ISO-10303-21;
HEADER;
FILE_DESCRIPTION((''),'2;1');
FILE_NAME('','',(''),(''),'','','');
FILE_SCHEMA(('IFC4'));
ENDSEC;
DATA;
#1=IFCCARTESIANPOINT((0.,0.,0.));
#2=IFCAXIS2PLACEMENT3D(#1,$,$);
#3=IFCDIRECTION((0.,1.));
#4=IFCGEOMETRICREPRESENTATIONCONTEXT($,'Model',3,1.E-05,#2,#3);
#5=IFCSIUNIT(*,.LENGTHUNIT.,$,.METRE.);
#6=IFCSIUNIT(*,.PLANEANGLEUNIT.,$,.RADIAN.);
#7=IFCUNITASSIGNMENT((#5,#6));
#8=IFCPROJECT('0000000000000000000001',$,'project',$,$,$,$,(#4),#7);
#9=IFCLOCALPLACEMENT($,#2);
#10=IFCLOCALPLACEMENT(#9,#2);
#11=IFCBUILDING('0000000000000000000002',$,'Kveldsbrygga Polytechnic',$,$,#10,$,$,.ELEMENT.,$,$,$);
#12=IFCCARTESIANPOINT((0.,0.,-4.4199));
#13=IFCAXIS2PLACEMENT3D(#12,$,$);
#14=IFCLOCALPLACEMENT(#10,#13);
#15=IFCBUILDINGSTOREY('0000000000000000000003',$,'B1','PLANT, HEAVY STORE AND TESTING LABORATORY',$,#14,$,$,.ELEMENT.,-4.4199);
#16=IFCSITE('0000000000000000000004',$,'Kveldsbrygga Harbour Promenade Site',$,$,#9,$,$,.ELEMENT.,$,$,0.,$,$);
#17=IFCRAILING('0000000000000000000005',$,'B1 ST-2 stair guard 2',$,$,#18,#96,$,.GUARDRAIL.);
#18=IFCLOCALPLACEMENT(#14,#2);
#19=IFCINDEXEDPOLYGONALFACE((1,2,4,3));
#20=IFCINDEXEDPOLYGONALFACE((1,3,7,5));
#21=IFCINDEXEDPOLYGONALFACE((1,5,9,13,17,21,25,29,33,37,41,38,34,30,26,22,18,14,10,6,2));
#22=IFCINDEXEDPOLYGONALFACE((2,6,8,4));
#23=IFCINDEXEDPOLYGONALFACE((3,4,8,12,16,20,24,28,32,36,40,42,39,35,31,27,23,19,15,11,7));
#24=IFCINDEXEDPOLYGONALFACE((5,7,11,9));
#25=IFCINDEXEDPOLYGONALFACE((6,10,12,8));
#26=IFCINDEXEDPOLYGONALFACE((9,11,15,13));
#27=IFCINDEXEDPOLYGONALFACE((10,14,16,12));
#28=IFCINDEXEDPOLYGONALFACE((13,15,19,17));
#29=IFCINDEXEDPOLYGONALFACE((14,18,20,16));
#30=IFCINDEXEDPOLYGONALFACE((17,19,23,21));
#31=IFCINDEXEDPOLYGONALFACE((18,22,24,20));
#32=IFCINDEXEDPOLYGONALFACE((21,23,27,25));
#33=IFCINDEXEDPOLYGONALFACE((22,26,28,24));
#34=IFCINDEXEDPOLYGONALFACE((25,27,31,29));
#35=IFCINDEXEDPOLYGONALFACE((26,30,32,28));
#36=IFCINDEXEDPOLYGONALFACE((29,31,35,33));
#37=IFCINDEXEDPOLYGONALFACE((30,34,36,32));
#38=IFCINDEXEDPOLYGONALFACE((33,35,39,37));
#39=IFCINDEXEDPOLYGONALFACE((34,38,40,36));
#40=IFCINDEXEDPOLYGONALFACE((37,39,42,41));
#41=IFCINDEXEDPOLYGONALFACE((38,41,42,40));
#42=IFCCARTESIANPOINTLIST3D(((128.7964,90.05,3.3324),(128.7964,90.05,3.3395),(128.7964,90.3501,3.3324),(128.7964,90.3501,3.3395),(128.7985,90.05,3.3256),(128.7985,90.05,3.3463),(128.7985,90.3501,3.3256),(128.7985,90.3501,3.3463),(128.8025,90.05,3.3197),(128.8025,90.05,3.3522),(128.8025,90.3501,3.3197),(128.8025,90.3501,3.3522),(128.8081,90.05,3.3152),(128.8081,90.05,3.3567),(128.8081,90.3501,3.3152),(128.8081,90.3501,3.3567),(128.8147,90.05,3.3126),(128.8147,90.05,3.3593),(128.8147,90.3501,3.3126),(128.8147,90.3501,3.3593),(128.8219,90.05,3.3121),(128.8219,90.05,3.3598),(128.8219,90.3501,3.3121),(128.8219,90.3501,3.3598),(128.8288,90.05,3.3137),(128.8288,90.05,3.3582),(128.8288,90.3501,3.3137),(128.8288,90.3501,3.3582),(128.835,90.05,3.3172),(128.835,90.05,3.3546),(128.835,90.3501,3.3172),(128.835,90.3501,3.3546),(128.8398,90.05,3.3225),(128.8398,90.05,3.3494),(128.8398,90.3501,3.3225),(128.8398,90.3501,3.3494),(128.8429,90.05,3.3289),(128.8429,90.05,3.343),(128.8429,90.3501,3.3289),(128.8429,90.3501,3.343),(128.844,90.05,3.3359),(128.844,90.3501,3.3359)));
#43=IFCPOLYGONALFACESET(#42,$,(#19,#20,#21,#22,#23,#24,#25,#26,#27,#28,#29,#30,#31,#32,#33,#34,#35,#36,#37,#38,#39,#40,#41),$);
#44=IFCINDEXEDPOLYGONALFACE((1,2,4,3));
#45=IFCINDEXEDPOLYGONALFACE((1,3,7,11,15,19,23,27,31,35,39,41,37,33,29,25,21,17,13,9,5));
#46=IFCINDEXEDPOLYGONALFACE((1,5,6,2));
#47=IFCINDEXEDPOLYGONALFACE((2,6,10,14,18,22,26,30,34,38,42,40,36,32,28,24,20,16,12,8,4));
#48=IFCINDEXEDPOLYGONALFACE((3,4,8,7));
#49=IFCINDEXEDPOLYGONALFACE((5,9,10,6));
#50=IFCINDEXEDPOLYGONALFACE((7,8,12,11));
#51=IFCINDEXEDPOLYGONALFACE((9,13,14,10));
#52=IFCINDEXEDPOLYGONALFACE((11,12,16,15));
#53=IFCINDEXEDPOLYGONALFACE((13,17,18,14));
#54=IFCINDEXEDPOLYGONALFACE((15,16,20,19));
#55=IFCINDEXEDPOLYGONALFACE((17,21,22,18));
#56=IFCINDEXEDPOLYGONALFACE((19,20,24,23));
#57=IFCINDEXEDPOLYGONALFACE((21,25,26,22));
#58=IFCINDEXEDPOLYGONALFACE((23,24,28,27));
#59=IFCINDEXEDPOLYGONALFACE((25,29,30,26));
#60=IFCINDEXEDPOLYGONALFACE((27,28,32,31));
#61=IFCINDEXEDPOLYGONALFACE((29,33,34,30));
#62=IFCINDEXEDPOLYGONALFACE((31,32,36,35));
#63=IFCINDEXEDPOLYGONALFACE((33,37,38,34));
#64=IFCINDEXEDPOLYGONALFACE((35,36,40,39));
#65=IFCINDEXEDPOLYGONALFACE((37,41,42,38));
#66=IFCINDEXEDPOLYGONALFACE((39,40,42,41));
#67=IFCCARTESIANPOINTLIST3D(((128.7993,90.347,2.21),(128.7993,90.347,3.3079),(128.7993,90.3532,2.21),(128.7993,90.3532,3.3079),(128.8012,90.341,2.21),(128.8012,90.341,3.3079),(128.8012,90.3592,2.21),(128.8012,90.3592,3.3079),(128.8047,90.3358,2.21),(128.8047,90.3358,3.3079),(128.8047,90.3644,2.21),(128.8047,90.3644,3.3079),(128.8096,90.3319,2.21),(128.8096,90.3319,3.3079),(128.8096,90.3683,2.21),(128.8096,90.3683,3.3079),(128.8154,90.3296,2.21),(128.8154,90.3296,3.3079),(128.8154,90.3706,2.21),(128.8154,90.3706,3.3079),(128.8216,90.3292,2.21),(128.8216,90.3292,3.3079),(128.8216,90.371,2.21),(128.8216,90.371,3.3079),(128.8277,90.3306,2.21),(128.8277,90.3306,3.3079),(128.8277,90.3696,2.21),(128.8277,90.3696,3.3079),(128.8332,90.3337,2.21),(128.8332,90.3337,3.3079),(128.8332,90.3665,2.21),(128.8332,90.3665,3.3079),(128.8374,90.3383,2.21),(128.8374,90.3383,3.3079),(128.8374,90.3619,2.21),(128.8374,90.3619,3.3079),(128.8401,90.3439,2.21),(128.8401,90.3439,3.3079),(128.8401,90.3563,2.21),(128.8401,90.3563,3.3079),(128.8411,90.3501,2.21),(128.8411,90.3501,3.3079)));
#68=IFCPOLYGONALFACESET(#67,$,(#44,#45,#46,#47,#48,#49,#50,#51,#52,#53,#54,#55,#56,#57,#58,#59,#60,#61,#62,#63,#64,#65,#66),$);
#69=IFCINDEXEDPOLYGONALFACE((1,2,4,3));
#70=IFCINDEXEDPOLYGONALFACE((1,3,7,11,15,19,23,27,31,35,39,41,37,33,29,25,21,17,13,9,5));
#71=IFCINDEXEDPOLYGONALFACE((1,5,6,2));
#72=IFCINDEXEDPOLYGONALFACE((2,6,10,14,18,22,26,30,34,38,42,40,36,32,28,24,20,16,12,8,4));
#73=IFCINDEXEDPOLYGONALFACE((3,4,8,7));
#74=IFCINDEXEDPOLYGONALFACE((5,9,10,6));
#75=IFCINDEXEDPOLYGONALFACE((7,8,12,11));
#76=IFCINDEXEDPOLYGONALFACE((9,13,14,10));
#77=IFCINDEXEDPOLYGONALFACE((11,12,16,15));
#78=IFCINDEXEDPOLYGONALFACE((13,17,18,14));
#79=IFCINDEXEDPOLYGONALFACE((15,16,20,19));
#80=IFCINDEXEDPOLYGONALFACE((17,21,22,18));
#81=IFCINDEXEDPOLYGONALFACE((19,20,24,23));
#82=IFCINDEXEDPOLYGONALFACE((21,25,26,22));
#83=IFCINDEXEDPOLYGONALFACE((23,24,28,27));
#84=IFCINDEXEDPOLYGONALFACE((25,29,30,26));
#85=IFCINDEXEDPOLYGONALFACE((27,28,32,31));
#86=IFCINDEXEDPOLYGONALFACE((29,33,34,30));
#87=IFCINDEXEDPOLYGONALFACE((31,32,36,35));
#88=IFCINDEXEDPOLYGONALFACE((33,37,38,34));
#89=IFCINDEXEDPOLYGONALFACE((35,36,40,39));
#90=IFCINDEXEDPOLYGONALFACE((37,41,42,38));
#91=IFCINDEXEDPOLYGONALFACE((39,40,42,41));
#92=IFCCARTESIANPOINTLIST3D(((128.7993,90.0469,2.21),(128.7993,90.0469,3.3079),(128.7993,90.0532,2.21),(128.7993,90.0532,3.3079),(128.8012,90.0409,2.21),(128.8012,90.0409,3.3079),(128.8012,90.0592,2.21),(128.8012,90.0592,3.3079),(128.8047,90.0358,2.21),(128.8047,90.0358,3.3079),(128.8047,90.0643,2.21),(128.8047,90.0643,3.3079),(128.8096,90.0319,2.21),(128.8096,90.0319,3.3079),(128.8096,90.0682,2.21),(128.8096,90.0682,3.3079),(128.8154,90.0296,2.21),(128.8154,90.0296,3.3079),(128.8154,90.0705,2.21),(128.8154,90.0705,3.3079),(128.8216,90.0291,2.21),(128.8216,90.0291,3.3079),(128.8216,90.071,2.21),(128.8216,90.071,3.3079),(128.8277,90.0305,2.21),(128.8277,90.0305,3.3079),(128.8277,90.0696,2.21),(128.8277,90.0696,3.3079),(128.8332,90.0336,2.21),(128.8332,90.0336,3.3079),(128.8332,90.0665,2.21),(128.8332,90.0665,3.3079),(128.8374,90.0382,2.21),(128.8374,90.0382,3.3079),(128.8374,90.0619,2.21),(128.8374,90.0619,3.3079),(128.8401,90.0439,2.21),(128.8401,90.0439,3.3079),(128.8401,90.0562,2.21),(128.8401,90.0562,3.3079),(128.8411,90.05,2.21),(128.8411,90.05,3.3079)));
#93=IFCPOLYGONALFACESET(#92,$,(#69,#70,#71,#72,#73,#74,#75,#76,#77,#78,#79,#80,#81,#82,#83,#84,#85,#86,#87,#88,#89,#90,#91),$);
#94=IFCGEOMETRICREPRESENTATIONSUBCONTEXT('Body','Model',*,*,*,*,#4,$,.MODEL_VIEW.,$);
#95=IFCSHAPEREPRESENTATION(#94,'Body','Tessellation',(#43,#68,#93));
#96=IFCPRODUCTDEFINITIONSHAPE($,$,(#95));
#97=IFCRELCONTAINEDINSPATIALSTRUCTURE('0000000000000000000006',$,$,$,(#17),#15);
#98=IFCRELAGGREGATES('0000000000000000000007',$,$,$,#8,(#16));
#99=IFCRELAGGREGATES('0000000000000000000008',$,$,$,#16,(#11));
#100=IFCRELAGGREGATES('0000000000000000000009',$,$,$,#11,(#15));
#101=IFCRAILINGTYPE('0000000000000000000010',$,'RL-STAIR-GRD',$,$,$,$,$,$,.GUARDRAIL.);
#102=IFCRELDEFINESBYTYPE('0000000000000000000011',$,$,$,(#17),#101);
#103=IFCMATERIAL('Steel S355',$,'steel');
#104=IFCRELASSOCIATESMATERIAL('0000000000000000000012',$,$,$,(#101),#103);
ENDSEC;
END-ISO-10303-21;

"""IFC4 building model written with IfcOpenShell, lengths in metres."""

from ifc_helpers import new_model, si_unit, direction, frame, origin, origin_2d, place, context, subcontext, project, spatial, circle, extrude, material, type_object, element, save


model = new_model("IFC4")

# Units and contexts
model_context = context("Model", 3, precision=1e-05, world=origin(), true_north=direction((0.0, 1.0)))
body_context = subcontext(model_context, "Body", "Model", "MODEL_VIEW")
ifc_project = project(units=[si_unit("LENGTHUNIT", "METRE"), si_unit("PLANEANGLEUNIT", "RADIAN")], contexts=[model_context])

# Site, building, storey
site_placement = place(None, origin())
site = spatial("IfcSite", under=ifc_project, at=site_placement, Name="Kveldsbrygga Harbour Promenade Site", CompositionType="ELEMENT", RefElevation=0.0)
building_placement = place(site_placement, origin())
building = spatial("IfcBuilding", under=site, at=building_placement, Name="Kveldsbrygga Polytechnic", CompositionType="ELEMENT")
storey_placement = place(building_placement, frame((0.0, 0.0, -4.4199)))
storey = spatial("IfcBuildingStorey", under=building, at=storey_placement, Name="B1", Description="PLANT, HEAVY STORE AND TESTING LABORATORY", CompositionType="ELEMENT", Elevation=-4.4199)

# Shared definitions
ifc_material_1 = material(Name="Steel S355", Category="steel")

# Railing
railing_type_1 = type_object("IfcRailingType", Name="RL-STAIR-GRD", PredefinedType="GUARDRAIL", material=ifc_material_1)
railing_1_placement = place(storey_placement, frame((128.8201, 90.3501, 2.21)))
element("IfcRailing", 1, at=railing_1_placement, inside=storey, type_object=railing_type_1, Name="B1 ST-2 stair guard 2", PredefinedType="GUARDRAIL", context=body_context, shape_type="SweptSolid", body=[
    extrude(circle(Radius=0.0239, at=origin_2d()), frame((0.0, 0.0, 1.126), z_axis=(0.0, -1.0, 0.0), x_axis=(1.0, 0.0, 0.0)), (0.0, 0.0, 1.0), 0.3),
    extrude(circle(Radius=0.021, at=origin_2d()), origin(), (0.0, 0.0, 1.0), 1.0979),
    extrude(circle(Radius=0.021, at=origin_2d()), frame((0.0, -0.3, 0.0)), (0.0, 0.0, 1.0), 1.0979),
])

save(model, "model.ifc")
